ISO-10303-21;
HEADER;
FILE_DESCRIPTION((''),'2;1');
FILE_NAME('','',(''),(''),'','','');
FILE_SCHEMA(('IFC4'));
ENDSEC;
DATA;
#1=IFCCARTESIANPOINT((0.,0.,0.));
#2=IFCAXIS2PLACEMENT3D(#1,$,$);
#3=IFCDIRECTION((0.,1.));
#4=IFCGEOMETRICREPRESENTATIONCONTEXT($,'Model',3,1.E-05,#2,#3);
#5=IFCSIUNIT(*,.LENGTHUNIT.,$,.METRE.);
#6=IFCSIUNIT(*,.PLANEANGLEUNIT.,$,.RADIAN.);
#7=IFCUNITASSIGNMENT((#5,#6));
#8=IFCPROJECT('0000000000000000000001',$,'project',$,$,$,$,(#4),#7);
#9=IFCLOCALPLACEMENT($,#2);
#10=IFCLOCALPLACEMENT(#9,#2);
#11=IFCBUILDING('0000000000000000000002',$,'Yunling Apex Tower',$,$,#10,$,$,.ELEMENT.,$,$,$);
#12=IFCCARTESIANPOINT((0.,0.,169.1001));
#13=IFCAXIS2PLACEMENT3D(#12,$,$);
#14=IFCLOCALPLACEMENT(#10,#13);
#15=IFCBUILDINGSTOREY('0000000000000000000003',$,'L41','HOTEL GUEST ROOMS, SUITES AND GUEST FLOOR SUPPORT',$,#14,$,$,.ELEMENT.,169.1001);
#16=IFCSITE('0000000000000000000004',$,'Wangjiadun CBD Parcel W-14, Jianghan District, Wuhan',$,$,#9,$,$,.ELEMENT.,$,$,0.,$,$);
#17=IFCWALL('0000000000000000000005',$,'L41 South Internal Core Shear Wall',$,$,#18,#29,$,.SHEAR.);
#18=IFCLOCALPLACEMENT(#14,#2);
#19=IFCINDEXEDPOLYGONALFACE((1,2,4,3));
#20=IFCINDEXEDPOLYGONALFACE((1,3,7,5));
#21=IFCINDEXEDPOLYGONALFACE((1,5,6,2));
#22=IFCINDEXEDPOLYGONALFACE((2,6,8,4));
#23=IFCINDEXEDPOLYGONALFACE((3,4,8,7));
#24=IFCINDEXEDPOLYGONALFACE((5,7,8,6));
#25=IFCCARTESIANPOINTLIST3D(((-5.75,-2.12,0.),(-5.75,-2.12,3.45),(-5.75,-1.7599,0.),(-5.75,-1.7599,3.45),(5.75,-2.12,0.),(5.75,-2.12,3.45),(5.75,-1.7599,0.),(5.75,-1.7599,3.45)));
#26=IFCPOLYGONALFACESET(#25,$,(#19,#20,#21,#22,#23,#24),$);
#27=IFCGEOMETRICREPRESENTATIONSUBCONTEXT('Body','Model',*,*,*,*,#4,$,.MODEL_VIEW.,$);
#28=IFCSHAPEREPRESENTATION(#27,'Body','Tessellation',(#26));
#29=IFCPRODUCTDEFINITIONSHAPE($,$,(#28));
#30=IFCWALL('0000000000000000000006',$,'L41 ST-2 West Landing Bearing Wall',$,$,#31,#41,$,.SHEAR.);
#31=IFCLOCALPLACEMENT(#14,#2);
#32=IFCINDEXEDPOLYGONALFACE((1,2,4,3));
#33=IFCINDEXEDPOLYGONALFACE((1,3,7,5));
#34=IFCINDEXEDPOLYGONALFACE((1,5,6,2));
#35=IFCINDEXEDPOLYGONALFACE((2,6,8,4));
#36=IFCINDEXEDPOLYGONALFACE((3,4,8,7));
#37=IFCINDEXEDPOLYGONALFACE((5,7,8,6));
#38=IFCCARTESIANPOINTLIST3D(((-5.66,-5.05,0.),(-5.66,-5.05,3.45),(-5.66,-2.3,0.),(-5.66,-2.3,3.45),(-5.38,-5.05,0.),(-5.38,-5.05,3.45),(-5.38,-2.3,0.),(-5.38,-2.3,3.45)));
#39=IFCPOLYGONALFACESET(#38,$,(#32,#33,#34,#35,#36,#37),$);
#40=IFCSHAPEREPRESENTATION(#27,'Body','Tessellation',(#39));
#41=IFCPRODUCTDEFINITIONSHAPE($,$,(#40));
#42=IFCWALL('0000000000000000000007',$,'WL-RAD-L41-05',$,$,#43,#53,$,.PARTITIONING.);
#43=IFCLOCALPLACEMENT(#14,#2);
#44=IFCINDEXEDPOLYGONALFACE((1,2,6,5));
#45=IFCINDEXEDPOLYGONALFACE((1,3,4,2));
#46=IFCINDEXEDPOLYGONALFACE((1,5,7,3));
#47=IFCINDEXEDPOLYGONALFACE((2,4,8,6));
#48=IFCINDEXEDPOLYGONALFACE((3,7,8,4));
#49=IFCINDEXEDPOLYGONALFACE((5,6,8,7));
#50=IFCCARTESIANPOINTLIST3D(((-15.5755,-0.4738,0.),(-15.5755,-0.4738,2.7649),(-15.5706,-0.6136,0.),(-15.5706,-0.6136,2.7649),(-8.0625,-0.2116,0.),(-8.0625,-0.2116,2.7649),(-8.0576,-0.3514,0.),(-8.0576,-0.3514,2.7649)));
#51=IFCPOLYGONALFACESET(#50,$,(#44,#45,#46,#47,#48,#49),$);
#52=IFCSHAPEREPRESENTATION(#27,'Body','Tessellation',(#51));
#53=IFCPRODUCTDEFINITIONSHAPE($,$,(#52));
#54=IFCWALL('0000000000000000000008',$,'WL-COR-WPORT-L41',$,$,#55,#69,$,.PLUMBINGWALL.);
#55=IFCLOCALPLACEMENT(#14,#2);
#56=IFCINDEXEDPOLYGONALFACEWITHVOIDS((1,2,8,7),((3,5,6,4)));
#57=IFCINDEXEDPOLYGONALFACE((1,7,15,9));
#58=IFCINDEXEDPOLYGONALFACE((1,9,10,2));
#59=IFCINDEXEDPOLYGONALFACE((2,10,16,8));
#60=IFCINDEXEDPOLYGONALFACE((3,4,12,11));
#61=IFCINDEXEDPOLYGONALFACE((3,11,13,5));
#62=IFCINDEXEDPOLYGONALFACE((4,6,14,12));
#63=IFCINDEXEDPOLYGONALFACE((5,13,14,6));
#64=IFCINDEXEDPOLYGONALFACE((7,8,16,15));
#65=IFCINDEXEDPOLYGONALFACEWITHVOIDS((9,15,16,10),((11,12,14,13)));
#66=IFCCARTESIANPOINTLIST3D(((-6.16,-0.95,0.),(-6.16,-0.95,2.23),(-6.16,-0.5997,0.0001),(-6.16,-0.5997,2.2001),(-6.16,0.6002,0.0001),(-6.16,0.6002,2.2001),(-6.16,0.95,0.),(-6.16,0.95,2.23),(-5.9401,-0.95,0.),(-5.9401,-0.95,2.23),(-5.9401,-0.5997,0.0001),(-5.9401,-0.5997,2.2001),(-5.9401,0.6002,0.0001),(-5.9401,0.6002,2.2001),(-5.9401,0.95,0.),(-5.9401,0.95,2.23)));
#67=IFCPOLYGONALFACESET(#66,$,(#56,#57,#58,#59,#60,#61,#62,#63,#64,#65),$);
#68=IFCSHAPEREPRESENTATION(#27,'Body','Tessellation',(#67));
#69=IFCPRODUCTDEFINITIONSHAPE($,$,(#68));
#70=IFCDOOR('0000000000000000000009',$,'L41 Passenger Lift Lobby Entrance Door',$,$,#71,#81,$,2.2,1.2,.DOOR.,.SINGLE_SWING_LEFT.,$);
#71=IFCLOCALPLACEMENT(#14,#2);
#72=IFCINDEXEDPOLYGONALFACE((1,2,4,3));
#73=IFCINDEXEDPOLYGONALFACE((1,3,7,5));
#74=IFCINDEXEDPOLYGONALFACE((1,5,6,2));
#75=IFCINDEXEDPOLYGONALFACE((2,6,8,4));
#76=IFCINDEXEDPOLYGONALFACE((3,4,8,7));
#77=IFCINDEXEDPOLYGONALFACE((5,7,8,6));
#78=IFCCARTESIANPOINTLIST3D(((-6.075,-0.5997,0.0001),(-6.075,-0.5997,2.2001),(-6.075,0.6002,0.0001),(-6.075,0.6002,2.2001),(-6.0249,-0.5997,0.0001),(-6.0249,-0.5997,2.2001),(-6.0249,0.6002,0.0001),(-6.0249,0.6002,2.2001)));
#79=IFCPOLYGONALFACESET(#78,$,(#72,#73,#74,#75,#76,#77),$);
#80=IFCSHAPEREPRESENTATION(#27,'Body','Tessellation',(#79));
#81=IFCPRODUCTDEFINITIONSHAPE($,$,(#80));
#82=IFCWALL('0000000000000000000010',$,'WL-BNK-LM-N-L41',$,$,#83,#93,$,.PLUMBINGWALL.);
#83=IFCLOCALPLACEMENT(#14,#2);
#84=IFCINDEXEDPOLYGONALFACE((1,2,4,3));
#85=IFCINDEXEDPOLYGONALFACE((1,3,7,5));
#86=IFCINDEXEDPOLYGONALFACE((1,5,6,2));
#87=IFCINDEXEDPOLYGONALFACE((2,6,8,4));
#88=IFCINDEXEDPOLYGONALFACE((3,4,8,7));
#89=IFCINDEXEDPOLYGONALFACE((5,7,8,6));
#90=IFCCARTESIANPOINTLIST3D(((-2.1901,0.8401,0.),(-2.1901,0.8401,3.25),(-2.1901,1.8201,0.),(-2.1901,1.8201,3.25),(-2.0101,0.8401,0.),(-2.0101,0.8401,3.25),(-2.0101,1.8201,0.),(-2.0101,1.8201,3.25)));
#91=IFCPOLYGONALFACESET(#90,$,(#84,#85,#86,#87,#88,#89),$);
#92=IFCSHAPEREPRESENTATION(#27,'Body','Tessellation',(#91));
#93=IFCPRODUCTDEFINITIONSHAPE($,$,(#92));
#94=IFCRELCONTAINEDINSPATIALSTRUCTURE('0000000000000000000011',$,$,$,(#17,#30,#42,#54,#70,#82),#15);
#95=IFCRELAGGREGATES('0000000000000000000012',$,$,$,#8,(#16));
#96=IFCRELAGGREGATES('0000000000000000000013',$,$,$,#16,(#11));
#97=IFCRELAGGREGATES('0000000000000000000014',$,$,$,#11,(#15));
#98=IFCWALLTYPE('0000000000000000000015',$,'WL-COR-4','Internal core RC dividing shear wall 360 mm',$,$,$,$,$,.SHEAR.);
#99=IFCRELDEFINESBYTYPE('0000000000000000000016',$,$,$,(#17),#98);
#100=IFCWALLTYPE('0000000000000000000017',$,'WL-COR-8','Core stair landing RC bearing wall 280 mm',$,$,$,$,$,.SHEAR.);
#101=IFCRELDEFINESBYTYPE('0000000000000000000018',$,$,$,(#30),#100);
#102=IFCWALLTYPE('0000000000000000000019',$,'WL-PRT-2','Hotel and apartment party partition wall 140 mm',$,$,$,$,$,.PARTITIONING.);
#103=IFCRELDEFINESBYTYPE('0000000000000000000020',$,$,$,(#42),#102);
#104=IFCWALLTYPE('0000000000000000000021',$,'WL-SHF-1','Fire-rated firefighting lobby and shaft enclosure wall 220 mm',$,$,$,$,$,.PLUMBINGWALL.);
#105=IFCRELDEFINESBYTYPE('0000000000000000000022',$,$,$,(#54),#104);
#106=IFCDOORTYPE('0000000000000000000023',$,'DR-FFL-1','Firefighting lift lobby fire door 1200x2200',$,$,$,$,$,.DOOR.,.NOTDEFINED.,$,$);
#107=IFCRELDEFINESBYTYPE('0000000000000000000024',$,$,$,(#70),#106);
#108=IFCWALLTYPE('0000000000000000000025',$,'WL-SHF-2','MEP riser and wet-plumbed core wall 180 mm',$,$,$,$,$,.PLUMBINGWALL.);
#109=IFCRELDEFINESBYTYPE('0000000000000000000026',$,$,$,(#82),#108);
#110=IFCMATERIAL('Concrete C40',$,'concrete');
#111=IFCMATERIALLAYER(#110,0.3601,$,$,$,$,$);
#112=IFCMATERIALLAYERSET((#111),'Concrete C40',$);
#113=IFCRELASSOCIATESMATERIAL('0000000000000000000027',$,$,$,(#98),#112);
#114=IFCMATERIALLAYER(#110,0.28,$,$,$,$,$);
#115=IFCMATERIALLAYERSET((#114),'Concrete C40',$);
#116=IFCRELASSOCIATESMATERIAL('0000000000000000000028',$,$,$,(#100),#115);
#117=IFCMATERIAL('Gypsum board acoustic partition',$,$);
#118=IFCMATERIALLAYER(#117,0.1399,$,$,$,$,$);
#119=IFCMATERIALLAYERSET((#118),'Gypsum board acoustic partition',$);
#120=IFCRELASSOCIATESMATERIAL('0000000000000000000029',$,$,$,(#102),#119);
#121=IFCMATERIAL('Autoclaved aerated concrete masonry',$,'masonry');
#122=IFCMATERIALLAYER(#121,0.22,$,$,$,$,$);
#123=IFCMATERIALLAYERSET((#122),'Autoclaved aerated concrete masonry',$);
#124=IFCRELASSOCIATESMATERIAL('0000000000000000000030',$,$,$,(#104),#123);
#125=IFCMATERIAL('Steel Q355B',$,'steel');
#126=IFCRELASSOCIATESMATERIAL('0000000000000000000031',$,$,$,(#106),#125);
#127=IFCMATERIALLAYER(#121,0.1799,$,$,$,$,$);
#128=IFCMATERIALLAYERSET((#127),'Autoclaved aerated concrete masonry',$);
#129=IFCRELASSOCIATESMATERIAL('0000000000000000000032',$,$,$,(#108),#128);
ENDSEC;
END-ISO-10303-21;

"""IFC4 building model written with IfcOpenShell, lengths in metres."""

from ifc_helpers import new_model, si_unit, direction, frame, frame_2d, origin, place, context, subcontext, project, spatial, rectangle, extrude, material, layer, layer_set, type_object, element, fill, save


model = new_model("IFC4")

# Units and contexts
model_context = context("Model", 3, precision=1e-05, world=origin(), true_north=direction((0.0, 1.0)))
body_context = subcontext(model_context, "Body", "Model", "MODEL_VIEW")
ifc_project = project(units=[si_unit("LENGTHUNIT", "METRE"), si_unit("PLANEANGLEUNIT", "RADIAN")], contexts=[model_context])

# Site, building, storey
site_placement = place(None, origin())
site = spatial("IfcSite", under=ifc_project, at=site_placement, Name="Wangjiadun CBD Parcel W-14, Jianghan District, Wuhan", CompositionType="ELEMENT", RefElevation=0.0)
building_placement = place(site_placement, origin())
building = spatial("IfcBuilding", under=site, at=building_placement, Name="Yunling Apex Tower", CompositionType="ELEMENT")
storey_placement = place(building_placement, frame((0.0, 0.0, 169.1001)))
storey = spatial("IfcBuildingStorey", under=building, at=storey_placement, Name="L41", Description="HOTEL GUEST ROOMS, SUITES AND GUEST FLOOR SUPPORT", CompositionType="ELEMENT", Elevation=169.1001)

# Shared definitions
ifc_material_1 = material(Name="Steel Q355B", Category="steel")

# Walls
ifc_material_2 = material(Name="Concrete C40", Category="concrete")
ifc_layer_1 = layer(ifc_material_2, 0.3601)
ifc_layer_set_1 = layer_set([ifc_layer_1], Name="Concrete C40")
wall_type_1 = type_object("IfcWallType", Name="WL-COR-4", Description="Internal core RC dividing shear wall 360 mm", PredefinedType="SHEAR", material=ifc_layer_set_1)
wall_1_placement = place(storey_placement, frame((-5.75, -1.9399, 0.0), z_axis=(0.0, 0.0, 1.0), x_axis=(1.0, 0.0, 0.0)))
element("IfcWall", 1, at=wall_1_placement, inside=storey, type_object=wall_type_1, Name="L41 South Internal Core Shear Wall", PredefinedType="SHEAR", context=body_context, shape_type="SweptSolid", body=[
    extrude(rectangle(XDim=11.5, YDim=0.3601, at=frame_2d((5.75, 0.0))), origin(), (0.0, 0.0, 1.0), 3.45),
])
ifc_layer_2 = layer(ifc_material_2, 0.28)
ifc_layer_set_2 = layer_set([ifc_layer_2], Name="Concrete C40")
wall_type_2 = type_object("IfcWallType", Name="WL-COR-8", Description="Core stair landing RC bearing wall 280 mm", PredefinedType="SHEAR", material=ifc_layer_set_2)
wall_2_placement = place(storey_placement, frame((-5.52, -5.05, 0.0), z_axis=(0.0, 0.0, 1.0), x_axis=(0.0, 1.0, 0.0)))
element("IfcWall", 2, at=wall_2_placement, inside=storey, type_object=wall_type_2, Name="L41 ST-2 West Landing Bearing Wall", PredefinedType="SHEAR", context=body_context, shape_type="SweptSolid", body=[
    extrude(rectangle(XDim=2.75, YDim=0.28, at=frame_2d((1.375, 0.0))), origin(), (0.0, 0.0, 1.0), 3.45),
])
ifc_material_3 = material(Name="Gypsum board acoustic partition")
ifc_layer_3 = layer(ifc_material_3, 0.1399)
ifc_layer_set_3 = layer_set([ifc_layer_3], Name="Gypsum board acoustic partition")
wall_type_3 = type_object("IfcWallType", Name="WL-PRT-2", Description="Hotel and apartment party partition wall 140 mm", PredefinedType="PARTITIONING", material=ifc_layer_set_3)
wall_3_placement = place(storey_placement, frame((-8.0601, -0.2815, 0.0), z_axis=(0.0, 0.0, 1.0), x_axis=(-0.999392, -0.034879, 0.0)))
element("IfcWall", 3, at=wall_3_placement, inside=storey, type_object=wall_type_3, Name="WL-RAD-L41-05", PredefinedType="PARTITIONING", context=body_context, shape_type="SweptSolid", body=[
    extrude(rectangle(XDim=7.5176, YDim=0.1399, at=frame_2d((3.7588, 0.0))), origin(), (0.0, 0.0, 1.0), 2.7649),
])

# Wall, opening, door
ifc_material_4 = material(Name="Autoclaved aerated concrete masonry", Category="masonry")
ifc_layer_4 = layer(ifc_material_4, 0.22)
ifc_layer_set_4 = layer_set([ifc_layer_4], Name="Autoclaved aerated concrete masonry")
wall_type_4 = type_object("IfcWallType", Name="WL-SHF-1", Description="Fire-rated firefighting lobby and shaft enclosure wall 220 mm", PredefinedType="PLUMBINGWALL", material=ifc_layer_set_4)
wall_4_placement = place(storey_placement, frame((-6.05, -0.95, 0.0), z_axis=(0.0, 0.0, 1.0), x_axis=(0.0, 1.0, 0.0)))
wall_4 = element("IfcWall", 4, at=wall_4_placement, inside=storey, type_object=wall_type_4, Name="WL-COR-WPORT-L41", PredefinedType="PLUMBINGWALL", context=body_context, shape_type="SweptSolid", body=[
    extrude(rectangle(XDim=1.8999, YDim=0.22, at=frame_2d((0.95, 0.0))), origin(), (0.0, 0.0, 1.0), 2.23),
])
opening_1_placement = place(wall_4_placement, frame((0.3501, 0.0, 0.0)))
opening_1 = element("IfcOpeningElement", 5, at=opening_1_placement, cuts=wall_4, PredefinedType="OPENING", context=body_context, shape_type="SweptSolid", body=[
    extrude(rectangle(XDim=1.2, YDim=2.2, at=frame_2d((0.6001, 1.1001))), frame((0.0, 0.1201, 0.0), z_axis=(0.0, -1.0, 0.0), x_axis=(1.0, 0.0, 0.0)), (0.0, 0.0, 1.0), 0.24),
])
door_type_1 = type_object("IfcDoorType", Name="DR-FFL-1", Description="Firefighting lift lobby fire door 1200x2200", OperationType="NOTDEFINED", PredefinedType="DOOR", material=ifc_material_1)
door_1_placement = place(opening_1_placement, origin())
door_1 = element("IfcDoor", 6, at=door_1_placement, inside=storey, type_object=door_type_1, Name="L41 Passenger Lift Lobby Entrance Door", OperationType="SINGLE_SWING_LEFT", OverallHeight=2.2, OverallWidth=1.2, PredefinedType="DOOR", context=body_context, shape_type="SweptSolid", body=[
    extrude(rectangle(XDim=1.2, YDim=2.2, at=frame_2d((0.6001, 1.1001))), frame((0.0, 0.0249, 0.0), z_axis=(0.0, -1.0, 0.0), x_axis=(1.0, 0.0, 0.0)), (0.0, 0.0, 1.0), 0.05),
])
fill(opening_1, door_1)

# Wall
ifc_layer_5 = layer(ifc_material_4, 0.1799)
ifc_layer_set_5 = layer_set([ifc_layer_5], Name="Autoclaved aerated concrete masonry")
wall_type_5 = type_object("IfcWallType", Name="WL-SHF-2", Description="MEP riser and wet-plumbed core wall 180 mm", PredefinedType="PLUMBINGWALL", material=ifc_layer_set_5)
wall_5_placement = place(storey_placement, frame((-2.1001, 0.8401, 0.0), z_axis=(0.0, 0.0, 1.0), x_axis=(0.0, 1.0, 0.0)))
element("IfcWall", 7, at=wall_5_placement, inside=storey, type_object=wall_type_5, Name="WL-BNK-LM-N-L41", PredefinedType="PLUMBINGWALL", context=body_context, shape_type="SweptSolid", body=[
    extrude(rectangle(XDim=0.98, YDim=0.1799, at=frame_2d((0.49, 0.0))), origin(), (0.0, 0.0, 1.0), 3.25),
])

save(model, "model.ifc")
